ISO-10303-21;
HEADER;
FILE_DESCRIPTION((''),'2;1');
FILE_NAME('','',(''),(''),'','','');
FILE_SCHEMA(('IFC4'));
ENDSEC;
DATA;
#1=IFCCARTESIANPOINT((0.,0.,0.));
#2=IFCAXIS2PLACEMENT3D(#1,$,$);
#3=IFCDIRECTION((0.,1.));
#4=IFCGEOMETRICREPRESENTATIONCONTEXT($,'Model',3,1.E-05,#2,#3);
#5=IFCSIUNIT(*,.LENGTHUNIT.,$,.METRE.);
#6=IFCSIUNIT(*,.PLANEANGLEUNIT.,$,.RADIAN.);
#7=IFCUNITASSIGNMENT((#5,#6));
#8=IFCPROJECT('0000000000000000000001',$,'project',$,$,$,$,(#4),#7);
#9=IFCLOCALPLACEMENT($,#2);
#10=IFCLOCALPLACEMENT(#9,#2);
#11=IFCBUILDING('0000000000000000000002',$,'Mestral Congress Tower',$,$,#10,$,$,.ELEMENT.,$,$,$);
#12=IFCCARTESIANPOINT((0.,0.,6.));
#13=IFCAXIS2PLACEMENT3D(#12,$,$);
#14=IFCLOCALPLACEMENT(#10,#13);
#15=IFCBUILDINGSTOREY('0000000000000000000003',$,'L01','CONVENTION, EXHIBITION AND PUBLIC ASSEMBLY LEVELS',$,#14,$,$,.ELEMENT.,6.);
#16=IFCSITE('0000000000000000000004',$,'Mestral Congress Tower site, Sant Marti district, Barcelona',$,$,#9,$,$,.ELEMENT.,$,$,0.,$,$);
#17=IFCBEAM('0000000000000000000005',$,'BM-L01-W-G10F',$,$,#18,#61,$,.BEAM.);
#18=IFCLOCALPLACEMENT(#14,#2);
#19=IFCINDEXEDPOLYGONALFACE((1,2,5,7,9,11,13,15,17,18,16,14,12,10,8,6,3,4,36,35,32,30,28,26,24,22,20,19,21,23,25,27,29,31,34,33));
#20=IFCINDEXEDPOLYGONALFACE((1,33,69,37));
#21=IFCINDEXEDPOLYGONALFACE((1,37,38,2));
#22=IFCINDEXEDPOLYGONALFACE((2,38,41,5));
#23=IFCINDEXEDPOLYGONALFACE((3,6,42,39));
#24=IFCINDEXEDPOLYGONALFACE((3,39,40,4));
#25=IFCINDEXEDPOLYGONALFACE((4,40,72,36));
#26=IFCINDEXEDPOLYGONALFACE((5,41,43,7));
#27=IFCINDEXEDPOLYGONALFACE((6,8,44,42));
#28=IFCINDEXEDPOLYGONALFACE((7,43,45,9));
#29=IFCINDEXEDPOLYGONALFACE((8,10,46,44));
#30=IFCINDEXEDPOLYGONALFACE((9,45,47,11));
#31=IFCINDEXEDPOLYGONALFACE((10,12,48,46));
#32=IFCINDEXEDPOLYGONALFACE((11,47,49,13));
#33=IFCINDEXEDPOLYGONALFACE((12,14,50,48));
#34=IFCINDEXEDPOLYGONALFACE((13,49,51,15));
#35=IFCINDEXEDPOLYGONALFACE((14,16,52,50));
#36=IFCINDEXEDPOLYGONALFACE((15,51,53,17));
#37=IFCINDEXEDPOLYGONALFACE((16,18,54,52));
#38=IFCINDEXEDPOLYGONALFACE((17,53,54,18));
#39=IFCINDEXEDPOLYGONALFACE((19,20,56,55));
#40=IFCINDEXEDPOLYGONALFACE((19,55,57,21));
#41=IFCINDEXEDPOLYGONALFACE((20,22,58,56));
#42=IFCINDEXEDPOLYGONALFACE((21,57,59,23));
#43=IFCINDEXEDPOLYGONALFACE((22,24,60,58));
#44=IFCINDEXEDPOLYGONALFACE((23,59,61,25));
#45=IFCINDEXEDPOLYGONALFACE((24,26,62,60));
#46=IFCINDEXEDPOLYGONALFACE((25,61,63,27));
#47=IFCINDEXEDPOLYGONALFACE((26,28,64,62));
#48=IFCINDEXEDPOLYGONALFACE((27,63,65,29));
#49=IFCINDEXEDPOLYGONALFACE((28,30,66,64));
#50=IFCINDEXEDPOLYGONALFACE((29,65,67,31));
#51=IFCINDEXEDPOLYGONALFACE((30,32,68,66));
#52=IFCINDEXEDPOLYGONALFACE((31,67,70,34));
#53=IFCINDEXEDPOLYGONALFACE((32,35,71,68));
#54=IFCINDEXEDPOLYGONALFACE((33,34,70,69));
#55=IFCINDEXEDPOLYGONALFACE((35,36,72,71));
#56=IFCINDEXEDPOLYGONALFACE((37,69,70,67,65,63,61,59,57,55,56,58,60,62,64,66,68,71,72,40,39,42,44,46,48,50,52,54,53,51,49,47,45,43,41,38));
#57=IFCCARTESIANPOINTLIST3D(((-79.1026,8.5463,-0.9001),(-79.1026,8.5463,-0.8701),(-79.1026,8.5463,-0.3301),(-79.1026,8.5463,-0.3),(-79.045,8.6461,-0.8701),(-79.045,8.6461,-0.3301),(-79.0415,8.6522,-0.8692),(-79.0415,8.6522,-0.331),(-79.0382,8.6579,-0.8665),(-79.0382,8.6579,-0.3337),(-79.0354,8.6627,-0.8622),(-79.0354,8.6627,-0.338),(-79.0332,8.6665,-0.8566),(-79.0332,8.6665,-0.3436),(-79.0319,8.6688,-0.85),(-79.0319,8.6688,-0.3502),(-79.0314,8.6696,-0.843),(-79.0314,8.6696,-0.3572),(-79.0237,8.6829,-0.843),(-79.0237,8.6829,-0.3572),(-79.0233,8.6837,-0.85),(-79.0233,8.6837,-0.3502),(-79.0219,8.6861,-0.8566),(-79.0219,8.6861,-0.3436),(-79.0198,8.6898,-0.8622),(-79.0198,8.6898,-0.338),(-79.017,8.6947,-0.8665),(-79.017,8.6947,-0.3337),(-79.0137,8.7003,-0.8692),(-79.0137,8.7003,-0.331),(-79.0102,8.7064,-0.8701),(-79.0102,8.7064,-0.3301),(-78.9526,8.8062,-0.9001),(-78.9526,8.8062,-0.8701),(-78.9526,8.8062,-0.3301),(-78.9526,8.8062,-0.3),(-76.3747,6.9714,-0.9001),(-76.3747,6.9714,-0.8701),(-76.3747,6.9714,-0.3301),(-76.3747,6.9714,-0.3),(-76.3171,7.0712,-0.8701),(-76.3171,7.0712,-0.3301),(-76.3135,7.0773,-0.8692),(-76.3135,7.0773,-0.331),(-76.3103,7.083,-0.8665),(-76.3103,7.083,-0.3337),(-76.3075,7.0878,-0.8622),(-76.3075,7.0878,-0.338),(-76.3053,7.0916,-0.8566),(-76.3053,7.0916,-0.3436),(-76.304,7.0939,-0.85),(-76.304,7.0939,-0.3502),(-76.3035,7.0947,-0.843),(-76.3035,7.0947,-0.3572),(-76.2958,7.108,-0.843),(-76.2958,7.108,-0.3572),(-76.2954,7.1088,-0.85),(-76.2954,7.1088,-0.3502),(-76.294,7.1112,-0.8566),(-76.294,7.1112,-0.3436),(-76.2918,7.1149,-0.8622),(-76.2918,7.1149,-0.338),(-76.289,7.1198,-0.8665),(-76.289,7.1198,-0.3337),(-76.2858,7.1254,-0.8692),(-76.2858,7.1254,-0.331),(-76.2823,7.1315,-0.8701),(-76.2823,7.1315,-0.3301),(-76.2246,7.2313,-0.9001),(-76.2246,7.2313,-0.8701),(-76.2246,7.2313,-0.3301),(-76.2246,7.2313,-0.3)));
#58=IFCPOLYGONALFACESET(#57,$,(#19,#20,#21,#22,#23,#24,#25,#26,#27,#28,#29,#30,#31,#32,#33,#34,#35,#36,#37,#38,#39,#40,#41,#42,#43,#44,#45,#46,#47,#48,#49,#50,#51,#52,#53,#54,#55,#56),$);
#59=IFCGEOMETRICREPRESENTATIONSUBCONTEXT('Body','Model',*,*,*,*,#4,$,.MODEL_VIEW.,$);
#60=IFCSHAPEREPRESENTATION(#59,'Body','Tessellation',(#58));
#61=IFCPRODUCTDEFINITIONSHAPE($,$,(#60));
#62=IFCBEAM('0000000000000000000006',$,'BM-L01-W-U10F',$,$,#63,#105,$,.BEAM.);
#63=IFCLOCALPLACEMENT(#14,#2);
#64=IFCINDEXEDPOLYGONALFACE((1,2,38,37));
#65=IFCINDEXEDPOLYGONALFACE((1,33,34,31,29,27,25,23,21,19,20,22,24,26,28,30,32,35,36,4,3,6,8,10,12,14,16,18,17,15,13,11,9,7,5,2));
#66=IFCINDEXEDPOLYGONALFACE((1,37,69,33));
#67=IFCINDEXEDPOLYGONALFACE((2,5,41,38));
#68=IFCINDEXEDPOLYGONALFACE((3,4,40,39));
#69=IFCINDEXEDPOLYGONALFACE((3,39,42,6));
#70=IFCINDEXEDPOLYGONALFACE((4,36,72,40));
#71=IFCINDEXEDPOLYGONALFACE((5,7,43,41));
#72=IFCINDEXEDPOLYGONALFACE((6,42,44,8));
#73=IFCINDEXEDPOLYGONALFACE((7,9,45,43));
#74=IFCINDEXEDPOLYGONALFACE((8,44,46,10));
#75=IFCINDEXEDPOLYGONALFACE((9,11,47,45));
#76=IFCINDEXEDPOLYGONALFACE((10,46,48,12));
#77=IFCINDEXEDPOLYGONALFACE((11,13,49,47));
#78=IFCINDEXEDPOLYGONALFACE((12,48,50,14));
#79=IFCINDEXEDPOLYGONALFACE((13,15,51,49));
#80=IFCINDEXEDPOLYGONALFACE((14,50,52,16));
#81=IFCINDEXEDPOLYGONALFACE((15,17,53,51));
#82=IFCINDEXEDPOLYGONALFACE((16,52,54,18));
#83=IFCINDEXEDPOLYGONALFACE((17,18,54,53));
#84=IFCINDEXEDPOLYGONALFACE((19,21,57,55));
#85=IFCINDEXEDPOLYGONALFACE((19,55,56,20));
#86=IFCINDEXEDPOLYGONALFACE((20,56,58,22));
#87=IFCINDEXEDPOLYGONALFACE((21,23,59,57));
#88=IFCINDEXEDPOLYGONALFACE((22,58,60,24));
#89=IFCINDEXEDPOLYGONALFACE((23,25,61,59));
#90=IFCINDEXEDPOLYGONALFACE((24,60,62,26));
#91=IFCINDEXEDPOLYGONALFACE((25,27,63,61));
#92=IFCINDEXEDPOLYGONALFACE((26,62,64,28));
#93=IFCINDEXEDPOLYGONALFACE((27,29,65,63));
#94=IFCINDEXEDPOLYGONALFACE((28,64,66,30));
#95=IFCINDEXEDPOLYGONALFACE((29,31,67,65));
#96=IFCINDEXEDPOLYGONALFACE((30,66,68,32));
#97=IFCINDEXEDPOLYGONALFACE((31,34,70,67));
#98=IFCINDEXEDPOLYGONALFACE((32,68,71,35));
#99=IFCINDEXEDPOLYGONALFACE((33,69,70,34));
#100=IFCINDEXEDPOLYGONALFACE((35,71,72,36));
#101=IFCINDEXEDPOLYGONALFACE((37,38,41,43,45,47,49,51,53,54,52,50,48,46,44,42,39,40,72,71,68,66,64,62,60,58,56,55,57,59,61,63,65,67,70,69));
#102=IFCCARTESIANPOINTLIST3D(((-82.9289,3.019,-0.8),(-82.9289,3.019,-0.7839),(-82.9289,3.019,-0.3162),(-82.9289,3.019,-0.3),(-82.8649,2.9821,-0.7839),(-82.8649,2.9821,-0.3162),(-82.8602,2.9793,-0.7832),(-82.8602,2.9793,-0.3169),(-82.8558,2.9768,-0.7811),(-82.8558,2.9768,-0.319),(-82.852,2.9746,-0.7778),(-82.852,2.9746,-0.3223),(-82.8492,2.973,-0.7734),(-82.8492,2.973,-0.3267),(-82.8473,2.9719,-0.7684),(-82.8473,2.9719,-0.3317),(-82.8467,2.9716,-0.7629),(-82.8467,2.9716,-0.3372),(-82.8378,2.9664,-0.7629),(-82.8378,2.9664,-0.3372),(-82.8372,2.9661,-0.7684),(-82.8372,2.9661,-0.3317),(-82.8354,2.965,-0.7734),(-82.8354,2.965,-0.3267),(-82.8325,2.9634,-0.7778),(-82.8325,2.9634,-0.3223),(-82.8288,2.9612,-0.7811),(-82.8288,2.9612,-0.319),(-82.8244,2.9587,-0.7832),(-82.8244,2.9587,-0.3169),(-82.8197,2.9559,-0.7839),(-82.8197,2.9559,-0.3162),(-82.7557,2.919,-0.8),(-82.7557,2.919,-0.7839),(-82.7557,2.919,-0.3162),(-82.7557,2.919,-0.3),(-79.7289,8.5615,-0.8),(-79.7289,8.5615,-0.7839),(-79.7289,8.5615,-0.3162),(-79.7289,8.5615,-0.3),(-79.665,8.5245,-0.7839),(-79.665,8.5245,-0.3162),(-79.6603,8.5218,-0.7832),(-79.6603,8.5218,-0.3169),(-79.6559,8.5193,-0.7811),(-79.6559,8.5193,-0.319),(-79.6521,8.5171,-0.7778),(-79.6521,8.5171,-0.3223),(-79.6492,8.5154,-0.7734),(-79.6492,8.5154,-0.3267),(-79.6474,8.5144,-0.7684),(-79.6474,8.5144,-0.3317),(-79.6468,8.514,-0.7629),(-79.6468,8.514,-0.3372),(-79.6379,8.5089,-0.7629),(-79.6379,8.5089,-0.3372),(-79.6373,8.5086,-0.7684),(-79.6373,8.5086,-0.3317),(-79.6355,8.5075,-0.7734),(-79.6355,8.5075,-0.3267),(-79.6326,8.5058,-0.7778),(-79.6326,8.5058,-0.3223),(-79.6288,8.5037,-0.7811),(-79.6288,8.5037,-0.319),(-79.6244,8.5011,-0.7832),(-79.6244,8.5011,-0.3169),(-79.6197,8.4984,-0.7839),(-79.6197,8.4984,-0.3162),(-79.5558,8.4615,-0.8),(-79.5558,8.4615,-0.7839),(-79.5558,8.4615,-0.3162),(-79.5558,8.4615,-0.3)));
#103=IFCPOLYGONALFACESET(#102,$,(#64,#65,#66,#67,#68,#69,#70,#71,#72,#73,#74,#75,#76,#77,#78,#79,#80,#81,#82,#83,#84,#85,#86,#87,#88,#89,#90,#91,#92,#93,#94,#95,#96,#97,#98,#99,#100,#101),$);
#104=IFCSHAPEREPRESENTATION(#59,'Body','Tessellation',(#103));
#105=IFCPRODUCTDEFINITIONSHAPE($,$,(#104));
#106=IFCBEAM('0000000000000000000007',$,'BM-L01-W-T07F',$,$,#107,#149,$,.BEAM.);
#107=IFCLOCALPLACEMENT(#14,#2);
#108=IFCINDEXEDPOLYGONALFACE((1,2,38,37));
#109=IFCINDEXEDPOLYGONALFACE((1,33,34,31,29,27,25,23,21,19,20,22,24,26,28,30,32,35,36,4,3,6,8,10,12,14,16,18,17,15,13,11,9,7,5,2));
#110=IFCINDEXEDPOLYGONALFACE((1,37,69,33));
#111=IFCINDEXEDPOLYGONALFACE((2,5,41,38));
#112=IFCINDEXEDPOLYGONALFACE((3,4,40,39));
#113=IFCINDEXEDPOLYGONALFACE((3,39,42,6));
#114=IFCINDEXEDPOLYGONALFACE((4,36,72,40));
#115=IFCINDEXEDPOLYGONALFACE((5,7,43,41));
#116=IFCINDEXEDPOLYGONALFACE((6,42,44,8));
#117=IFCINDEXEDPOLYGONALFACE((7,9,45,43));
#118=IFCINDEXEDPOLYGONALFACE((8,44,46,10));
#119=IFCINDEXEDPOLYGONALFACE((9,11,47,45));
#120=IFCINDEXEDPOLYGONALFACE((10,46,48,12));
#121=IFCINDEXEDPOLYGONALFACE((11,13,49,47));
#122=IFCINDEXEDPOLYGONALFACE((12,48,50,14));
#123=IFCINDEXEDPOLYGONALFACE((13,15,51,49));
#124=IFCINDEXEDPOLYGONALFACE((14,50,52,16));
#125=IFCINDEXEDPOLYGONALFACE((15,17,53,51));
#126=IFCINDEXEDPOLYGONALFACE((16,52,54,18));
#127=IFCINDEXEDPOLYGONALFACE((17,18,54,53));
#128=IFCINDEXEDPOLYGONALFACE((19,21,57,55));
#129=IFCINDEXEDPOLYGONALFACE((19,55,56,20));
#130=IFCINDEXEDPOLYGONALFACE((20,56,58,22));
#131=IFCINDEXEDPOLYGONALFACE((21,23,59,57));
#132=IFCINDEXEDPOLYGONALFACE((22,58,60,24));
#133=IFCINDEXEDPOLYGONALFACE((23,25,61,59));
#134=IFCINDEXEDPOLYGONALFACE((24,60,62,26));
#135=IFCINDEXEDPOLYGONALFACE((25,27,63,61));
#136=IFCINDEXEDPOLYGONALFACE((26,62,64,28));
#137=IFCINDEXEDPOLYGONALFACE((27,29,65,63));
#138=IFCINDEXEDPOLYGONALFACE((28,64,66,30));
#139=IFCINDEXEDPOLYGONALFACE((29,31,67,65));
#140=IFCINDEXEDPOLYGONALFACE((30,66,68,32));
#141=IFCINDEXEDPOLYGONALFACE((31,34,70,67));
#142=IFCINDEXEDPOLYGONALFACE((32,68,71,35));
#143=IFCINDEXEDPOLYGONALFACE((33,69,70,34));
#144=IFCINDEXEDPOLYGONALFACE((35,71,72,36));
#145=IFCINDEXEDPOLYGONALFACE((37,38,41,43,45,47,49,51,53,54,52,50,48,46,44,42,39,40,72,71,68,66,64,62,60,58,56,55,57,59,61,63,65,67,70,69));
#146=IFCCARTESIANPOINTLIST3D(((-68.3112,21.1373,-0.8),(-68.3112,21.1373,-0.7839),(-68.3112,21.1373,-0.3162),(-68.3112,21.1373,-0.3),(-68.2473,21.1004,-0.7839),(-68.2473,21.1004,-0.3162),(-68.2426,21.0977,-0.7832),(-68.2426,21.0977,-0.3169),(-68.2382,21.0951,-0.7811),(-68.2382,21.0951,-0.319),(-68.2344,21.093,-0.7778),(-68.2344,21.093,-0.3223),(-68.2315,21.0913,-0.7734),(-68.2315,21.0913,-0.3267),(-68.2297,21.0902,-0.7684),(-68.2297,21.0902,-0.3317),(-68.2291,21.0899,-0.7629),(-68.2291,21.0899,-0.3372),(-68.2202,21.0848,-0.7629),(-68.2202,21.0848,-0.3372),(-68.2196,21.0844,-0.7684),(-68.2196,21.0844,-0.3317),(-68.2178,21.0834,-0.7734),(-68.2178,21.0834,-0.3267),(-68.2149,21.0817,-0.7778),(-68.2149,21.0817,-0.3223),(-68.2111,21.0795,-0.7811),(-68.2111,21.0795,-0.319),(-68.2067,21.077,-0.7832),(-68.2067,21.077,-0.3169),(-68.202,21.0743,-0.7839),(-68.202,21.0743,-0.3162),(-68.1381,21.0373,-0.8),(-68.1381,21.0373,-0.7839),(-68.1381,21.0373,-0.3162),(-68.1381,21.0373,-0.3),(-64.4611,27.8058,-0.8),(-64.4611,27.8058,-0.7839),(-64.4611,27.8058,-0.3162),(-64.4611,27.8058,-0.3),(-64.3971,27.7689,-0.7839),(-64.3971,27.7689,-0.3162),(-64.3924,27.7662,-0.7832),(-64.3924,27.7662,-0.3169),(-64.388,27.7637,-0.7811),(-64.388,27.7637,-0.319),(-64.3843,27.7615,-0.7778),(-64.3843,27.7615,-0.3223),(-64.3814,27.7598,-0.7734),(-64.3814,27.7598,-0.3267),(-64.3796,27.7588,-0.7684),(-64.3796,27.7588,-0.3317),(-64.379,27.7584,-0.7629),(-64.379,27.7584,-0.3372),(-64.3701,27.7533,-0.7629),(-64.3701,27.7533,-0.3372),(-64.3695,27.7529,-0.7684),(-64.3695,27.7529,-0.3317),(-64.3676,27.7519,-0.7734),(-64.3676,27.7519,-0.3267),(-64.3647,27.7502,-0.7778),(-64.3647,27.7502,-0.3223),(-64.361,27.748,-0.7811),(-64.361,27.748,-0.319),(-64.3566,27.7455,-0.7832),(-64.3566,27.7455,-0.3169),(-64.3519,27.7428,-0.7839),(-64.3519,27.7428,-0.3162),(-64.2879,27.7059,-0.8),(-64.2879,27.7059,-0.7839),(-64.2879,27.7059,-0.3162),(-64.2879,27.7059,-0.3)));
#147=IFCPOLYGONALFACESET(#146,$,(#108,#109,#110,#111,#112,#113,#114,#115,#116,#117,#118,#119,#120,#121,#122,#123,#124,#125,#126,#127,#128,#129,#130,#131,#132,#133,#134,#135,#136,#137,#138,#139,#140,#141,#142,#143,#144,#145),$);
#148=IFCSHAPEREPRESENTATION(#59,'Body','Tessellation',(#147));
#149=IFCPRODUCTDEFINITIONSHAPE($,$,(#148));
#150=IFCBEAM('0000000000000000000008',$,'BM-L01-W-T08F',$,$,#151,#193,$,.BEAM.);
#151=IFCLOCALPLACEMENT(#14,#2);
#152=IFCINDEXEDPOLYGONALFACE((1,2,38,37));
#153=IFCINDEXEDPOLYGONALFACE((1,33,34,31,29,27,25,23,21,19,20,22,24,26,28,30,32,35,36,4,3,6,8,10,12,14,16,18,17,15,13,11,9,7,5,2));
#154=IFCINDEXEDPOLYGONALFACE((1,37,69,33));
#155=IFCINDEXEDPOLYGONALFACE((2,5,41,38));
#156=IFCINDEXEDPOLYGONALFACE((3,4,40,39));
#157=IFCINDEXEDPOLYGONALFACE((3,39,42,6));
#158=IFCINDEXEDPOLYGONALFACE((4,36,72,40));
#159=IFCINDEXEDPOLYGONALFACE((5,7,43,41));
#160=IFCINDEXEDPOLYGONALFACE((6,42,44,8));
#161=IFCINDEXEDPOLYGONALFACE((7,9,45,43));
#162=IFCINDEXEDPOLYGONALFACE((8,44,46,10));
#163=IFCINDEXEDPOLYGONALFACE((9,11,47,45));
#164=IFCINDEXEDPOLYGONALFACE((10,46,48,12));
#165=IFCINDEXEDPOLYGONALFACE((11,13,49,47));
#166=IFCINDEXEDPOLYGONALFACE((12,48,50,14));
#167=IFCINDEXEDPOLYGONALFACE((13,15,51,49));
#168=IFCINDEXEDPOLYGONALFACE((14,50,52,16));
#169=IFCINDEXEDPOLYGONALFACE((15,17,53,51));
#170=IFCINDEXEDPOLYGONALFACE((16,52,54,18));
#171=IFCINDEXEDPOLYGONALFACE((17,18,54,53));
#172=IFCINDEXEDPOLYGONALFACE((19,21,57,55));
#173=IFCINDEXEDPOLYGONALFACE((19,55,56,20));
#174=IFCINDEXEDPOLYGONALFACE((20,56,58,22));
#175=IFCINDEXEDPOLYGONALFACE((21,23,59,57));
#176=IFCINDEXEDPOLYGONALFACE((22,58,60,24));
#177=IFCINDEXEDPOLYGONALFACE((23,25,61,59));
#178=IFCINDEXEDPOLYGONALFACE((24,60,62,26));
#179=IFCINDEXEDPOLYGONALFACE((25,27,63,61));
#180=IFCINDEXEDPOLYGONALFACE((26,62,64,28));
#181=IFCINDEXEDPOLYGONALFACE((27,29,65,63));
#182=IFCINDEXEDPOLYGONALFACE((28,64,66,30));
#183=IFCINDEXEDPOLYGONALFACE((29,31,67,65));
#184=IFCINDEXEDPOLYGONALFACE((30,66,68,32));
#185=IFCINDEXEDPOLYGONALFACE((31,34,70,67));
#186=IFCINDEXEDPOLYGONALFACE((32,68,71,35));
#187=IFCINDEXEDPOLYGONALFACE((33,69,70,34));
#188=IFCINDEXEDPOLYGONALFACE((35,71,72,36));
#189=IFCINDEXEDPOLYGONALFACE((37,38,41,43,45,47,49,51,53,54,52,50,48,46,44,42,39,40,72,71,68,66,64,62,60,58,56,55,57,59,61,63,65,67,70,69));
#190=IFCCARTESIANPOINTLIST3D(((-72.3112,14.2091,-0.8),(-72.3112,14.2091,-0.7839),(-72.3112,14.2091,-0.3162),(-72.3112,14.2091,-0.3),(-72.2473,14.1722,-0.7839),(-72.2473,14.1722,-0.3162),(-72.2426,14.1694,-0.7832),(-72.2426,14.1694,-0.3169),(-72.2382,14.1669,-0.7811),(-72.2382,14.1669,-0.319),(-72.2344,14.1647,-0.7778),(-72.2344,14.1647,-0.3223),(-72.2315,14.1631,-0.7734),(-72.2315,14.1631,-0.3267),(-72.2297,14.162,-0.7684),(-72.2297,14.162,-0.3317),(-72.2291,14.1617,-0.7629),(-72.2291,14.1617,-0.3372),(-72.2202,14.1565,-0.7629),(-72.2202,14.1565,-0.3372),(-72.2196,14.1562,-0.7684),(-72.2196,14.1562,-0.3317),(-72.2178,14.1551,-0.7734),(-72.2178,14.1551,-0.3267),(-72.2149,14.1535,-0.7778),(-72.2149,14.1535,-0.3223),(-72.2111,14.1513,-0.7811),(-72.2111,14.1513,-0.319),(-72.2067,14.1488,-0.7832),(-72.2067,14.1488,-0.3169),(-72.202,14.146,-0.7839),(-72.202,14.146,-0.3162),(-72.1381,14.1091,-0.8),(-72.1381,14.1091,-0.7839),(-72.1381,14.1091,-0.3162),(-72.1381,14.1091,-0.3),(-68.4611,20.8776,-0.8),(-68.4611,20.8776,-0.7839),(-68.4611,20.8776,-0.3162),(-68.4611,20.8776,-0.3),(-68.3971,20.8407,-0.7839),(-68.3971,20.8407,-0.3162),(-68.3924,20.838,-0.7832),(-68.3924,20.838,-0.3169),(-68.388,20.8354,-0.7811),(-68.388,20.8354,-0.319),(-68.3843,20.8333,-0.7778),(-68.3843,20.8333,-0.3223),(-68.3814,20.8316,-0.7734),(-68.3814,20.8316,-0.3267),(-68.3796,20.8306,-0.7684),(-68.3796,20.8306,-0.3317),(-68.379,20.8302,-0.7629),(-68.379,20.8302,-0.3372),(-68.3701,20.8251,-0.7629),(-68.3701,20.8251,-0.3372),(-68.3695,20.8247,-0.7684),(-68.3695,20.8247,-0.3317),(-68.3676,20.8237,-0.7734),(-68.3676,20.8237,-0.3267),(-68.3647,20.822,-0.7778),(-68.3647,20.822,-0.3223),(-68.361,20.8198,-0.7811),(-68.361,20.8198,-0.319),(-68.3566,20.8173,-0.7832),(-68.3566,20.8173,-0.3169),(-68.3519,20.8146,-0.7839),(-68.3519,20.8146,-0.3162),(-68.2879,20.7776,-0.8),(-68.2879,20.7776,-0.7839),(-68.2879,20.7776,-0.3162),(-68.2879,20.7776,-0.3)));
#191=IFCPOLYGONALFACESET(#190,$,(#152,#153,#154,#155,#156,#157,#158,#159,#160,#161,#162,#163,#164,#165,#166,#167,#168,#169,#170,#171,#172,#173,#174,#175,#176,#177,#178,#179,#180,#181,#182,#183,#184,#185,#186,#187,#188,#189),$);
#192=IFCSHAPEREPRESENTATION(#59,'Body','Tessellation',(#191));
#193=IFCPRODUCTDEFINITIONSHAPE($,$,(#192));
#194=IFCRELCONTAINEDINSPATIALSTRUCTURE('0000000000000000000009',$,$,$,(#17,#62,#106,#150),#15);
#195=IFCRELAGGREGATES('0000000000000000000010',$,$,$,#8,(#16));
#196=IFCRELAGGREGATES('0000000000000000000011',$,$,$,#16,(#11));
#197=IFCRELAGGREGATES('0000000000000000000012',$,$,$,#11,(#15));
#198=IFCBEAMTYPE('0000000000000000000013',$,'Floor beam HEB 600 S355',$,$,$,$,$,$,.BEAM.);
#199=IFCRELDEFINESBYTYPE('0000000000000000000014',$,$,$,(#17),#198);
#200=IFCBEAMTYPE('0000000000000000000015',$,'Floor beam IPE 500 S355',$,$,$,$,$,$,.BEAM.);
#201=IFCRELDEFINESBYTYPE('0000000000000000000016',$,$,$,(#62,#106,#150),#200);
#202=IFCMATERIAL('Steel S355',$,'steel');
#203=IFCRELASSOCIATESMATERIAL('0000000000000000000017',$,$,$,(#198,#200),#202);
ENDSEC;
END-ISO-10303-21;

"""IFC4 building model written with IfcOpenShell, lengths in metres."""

from ifc_helpers import new_model, si_unit, direction, frame, origin, origin_2d, place, context, subcontext, project, spatial, i_section, extrude, material, material_profile, profile_set, type_object, element, save


model = new_model("IFC4")

# Units and contexts
model_context = context("Model", 3, precision=1e-05, world=origin(), true_north=direction((0.0, 1.0)))
body_context = subcontext(model_context, "Body", "Model", "MODEL_VIEW")
ifc_project = project(units=[si_unit("LENGTHUNIT", "METRE"), si_unit("PLANEANGLEUNIT", "RADIAN")], contexts=[model_context])

# Site, building, storey
site_placement = place(None, origin())
site = spatial("IfcSite", under=ifc_project, at=site_placement, Name="Mestral Congress Tower site, Sant Marti district, Barcelona", CompositionType="ELEMENT", RefElevation=0.0)
building_placement = place(site_placement, origin())
building = spatial("IfcBuilding", under=site, at=building_placement, Name="Mestral Congress Tower", CompositionType="ELEMENT")
storey_placement = place(building_placement, frame((0.0, 0.0, 6.0)))
storey = spatial("IfcBuildingStorey", under=building, at=storey_placement, Name="L01", Description="CONVENTION, EXHIBITION AND PUBLIC ASSEMBLY LEVELS", CompositionType="ELEMENT", Elevation=6.0)

# Beams
ifc_material_1 = material(Name="Steel S355", Category="steel")
ifc_material_profile_1 = material_profile(ifc_material_1, i_section(OverallWidth=0.3, OverallDepth=0.6001, WebThickness=0.0154, FlangeThickness=0.03, FilletRadius=0.0271, at=origin_2d()), Name="HEB 600")
ifc_profile_set_1 = profile_set([ifc_material_profile_1], Name="Steel S355")
beam_type_1 = type_object("IfcBeamType", Name="Floor beam HEB 600 S355", PredefinedType="BEAM", material=ifc_profile_set_1)
beam_1_placement = place(storey_placement, frame((-79.0276, 8.6763, -0.6001), z_axis=(0.866036, -0.499982, 0.0), x_axis=(0.499982, 0.866036, 0.0)))
element("IfcBeam", 1, at=beam_1_placement, inside=storey, type_object=beam_type_1, Name="BM-L01-W-G10F", PredefinedType="BEAM", context=body_context, shape_type="SweptSolid", body=[
    extrude(i_section(OverallWidth=0.3, OverallDepth=0.6001, WebThickness=0.0154, FlangeThickness=0.03, FilletRadius=0.0271, at=origin_2d()), origin(), (0.0, 0.0, 1.0), 3.1499),
])
ifc_material_profile_2 = material_profile(ifc_material_1, i_section(OverallWidth=0.2, OverallDepth=0.5, WebThickness=0.0103, FlangeThickness=0.0161, FilletRadius=0.021, at=origin_2d()), Name="IPE 500")
ifc_profile_set_2 = profile_set([ifc_material_profile_2], Name="Steel S355")
beam_type_2 = type_object("IfcBeamType", Name="Floor beam IPE 500 S355", PredefinedType="BEAM", material=ifc_profile_set_2)
beam_2_placement = place(storey_placement, frame((-79.6423, 8.5115, -0.55), z_axis=(-0.5, -0.866025, 0.0), x_axis=(0.866025, -0.5, 0.0)))
element("IfcBeam", 2, at=beam_2_placement, inside=storey, type_object=beam_type_2, Name="BM-L01-W-U10F", PredefinedType="BEAM", context=body_context, shape_type="SweptSolid", body=[
    extrude(i_section(OverallWidth=0.2, OverallDepth=0.5, WebThickness=0.0103, FlangeThickness=0.0161, FilletRadius=0.021, at=origin_2d()), origin(), (0.0, 0.0, 1.0), 6.3999),
])
for number, where, z_axis, x_axis, name in (
    (3, (-64.3745, 27.7559, -0.55), (-0.500006, -0.866022, 0.0), (0.866022, -0.500006, 0.0), "BM-L01-W-T07F"),
    (4, (-68.3745, 20.8276, -0.55), (-0.500006, -0.866022, 0.0), (0.866022, -0.500006, 0.0), "BM-L01-W-T08F"),
):
    element("IfcBeam", number, at=place(storey_placement, frame(where, z_axis=z_axis, x_axis=x_axis)), inside=storey, type_object=beam_type_2, Name=name, PredefinedType="BEAM", context=body_context, shape_type="SweptSolid", body=[
        extrude(i_section(OverallWidth=0.2, OverallDepth=0.5, WebThickness=0.0103, FlangeThickness=0.0161, FilletRadius=0.021, at=origin_2d()), origin(), (0.0, 0.0, 1.0), 7.7002),
    ])

save(model, "model.ifc")
